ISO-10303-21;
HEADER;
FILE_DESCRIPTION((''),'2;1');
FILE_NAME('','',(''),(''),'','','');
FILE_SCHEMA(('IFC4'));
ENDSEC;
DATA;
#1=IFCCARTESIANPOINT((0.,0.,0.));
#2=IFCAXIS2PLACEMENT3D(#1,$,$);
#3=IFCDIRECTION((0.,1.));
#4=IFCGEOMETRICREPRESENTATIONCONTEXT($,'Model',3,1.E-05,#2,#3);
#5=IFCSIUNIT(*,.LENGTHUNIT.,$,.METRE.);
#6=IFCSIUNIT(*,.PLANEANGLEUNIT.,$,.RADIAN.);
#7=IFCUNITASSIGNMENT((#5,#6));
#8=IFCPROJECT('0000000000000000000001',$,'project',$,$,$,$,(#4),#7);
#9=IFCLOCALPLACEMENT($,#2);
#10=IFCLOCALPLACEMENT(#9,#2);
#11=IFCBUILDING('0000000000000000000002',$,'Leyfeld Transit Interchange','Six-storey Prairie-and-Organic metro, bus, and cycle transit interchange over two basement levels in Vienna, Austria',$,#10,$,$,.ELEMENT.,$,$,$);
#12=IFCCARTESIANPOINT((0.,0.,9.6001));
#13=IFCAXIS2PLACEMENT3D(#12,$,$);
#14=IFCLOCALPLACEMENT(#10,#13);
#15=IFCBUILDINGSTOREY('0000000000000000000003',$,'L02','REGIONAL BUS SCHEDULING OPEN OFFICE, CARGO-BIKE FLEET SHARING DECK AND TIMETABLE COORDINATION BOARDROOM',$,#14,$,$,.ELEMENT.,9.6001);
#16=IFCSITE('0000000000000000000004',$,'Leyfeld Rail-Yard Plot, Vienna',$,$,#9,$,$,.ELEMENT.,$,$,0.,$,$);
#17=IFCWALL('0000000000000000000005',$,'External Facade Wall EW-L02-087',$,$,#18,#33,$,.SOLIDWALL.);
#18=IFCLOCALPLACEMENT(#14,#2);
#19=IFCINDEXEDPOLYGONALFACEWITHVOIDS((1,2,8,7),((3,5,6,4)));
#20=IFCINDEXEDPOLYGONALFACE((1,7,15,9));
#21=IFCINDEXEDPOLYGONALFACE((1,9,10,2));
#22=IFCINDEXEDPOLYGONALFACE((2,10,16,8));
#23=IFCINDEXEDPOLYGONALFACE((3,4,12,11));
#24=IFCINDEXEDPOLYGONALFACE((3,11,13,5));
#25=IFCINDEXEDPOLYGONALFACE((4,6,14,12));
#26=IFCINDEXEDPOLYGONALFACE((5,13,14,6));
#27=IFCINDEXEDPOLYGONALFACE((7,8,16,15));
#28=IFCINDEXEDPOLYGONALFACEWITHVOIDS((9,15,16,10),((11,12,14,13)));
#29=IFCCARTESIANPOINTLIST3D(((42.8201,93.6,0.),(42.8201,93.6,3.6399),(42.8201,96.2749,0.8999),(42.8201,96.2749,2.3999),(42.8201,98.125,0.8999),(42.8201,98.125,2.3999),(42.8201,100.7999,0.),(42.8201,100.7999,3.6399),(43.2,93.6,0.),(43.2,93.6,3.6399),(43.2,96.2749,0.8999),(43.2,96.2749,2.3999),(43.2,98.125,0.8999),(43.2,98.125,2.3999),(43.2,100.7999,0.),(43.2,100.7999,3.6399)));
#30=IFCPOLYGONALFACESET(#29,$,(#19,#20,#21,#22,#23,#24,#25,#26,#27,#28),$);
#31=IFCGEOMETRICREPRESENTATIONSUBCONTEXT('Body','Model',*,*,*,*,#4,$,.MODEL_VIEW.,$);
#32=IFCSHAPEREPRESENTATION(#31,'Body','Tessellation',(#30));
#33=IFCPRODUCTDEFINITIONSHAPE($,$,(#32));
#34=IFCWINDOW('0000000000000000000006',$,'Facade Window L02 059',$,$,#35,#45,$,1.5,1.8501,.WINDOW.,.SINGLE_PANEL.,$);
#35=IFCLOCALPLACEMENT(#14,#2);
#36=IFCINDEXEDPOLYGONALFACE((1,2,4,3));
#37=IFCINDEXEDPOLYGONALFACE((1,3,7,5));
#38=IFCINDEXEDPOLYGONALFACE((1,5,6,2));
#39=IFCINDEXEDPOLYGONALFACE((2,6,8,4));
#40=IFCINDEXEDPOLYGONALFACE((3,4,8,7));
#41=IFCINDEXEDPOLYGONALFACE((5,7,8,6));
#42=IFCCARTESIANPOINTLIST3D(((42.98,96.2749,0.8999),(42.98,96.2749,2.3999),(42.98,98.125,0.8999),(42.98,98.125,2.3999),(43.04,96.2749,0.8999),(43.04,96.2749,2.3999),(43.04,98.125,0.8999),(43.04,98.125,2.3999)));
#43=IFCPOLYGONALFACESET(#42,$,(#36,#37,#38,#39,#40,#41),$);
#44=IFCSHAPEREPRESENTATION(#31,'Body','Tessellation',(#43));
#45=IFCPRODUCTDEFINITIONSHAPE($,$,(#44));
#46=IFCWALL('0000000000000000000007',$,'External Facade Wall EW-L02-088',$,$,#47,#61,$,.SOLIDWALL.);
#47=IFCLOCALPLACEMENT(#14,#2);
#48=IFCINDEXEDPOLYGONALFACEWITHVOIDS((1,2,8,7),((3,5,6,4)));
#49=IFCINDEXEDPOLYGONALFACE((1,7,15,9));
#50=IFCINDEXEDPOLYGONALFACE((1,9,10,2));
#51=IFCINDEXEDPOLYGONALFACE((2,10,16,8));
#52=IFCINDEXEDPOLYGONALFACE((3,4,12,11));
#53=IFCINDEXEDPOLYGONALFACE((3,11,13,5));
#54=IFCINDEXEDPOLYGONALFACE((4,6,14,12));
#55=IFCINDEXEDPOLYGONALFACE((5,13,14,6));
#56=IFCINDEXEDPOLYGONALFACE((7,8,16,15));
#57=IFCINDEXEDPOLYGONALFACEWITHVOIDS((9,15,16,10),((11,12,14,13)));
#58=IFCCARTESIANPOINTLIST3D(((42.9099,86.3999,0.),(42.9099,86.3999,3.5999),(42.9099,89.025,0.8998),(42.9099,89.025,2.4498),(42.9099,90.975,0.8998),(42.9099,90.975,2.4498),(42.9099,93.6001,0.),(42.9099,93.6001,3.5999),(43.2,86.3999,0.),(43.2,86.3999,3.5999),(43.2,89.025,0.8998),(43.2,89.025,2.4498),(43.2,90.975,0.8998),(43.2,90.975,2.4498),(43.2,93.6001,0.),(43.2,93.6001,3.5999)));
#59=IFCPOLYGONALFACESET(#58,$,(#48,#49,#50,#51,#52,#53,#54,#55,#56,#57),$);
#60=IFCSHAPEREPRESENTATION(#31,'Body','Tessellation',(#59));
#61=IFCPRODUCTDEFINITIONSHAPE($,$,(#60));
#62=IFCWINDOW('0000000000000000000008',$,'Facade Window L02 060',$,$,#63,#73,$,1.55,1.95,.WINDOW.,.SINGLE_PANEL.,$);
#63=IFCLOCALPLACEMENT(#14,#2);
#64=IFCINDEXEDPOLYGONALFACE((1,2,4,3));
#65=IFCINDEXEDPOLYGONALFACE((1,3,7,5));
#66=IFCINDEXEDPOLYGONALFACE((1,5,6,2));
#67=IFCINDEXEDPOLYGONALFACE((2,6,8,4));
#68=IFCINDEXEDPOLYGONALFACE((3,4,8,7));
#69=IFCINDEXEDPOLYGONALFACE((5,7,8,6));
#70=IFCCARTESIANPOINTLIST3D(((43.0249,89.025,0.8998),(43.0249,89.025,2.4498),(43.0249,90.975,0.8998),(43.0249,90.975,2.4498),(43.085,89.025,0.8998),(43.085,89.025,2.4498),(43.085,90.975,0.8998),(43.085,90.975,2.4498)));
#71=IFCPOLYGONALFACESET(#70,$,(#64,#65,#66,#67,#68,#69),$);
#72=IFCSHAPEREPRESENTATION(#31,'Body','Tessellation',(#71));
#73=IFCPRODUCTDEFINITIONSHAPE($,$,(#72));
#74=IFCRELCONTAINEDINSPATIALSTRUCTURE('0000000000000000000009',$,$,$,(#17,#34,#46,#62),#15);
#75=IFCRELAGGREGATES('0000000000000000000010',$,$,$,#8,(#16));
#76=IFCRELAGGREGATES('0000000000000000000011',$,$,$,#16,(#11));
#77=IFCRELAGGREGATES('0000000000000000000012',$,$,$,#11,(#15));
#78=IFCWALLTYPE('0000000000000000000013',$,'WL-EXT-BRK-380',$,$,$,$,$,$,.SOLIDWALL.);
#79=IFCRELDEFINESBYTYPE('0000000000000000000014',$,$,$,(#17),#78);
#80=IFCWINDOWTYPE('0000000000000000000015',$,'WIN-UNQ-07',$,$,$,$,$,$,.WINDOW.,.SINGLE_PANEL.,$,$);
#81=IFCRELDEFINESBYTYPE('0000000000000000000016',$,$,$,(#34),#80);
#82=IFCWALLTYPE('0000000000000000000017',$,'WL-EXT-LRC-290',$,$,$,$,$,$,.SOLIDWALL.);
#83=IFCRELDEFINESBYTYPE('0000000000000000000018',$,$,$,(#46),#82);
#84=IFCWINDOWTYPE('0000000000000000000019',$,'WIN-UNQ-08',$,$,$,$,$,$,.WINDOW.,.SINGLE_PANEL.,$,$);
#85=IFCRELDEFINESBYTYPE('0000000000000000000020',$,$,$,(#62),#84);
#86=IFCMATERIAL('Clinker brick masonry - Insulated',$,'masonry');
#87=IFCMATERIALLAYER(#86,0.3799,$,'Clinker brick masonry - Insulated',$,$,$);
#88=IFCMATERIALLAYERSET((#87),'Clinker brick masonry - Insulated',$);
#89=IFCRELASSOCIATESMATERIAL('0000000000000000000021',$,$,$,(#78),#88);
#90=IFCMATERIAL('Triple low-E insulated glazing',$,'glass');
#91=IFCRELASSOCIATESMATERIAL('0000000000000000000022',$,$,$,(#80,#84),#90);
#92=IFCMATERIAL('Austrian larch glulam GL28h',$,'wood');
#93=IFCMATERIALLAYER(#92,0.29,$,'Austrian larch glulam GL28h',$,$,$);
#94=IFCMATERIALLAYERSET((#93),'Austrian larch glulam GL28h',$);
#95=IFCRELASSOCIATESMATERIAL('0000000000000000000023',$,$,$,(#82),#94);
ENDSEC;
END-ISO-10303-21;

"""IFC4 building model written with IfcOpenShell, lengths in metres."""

from ifc_helpers import new_model, si_unit, direction, frame, frame_2d, origin, place, context, subcontext, project, spatial, rectangle, extrude, material, layer, layer_set, type_object, element, fill, save


model = new_model("IFC4")

# Units and contexts
model_context = context("Model", 3, precision=1e-05, world=origin(), true_north=direction((0.0, 1.0)))
body_context = subcontext(model_context, "Body", "Model", "MODEL_VIEW")
ifc_project = project(units=[si_unit("LENGTHUNIT", "METRE"), si_unit("PLANEANGLEUNIT", "RADIAN")], contexts=[model_context])

# Site, building, storey
site_placement = place(None, origin())
site = spatial("IfcSite", under=ifc_project, at=site_placement, Name="Leyfeld Rail-Yard Plot, Vienna", CompositionType="ELEMENT", RefElevation=0.0)
building_placement = place(site_placement, origin())
building = spatial("IfcBuilding", under=site, at=building_placement, Name="Leyfeld Transit Interchange", Description="Six-storey Prairie-and-Organic metro, bus, and cycle transit interchange over two basement levels in Vienna, Austria", CompositionType="ELEMENT")
storey_placement = place(building_placement, frame((0.0, 0.0, 9.6001)))
storey = spatial("IfcBuildingStorey", under=building, at=storey_placement, Name="L02", Description="REGIONAL BUS SCHEDULING OPEN OFFICE, CARGO-BIKE FLEET SHARING DECK AND TIMETABLE COORDINATION BOARDROOM", CompositionType="ELEMENT", Elevation=9.6001)

# Walls, openings, windows
ifc_material_1 = material(Name="Clinker brick masonry - Insulated", Category="masonry")
ifc_layer_1 = layer(ifc_material_1, 0.3799, Name="Clinker brick masonry - Insulated")
ifc_layer_set_1 = layer_set([ifc_layer_1], Name="Clinker brick masonry - Insulated")
wall_type_1 = type_object("IfcWallType", Name="WL-EXT-BRK-380", PredefinedType="SOLIDWALL", material=ifc_layer_set_1)
wall_1_placement = place(storey_placement, frame((43.01, 100.8, 0.0), z_axis=(0.0, 0.0, 1.0), x_axis=(0.0, -1.0, 0.0)))
wall_1 = element("IfcWall", 1, at=wall_1_placement, inside=storey, type_object=wall_type_1, Name="External Facade Wall EW-L02-087", PredefinedType="SOLIDWALL", context=body_context, shape_type="SweptSolid", body=[
    extrude(rectangle(XDim=7.2, YDim=0.3799, at=frame_2d((3.6001, 0.0))), origin(), (0.0, 0.0, 1.0), 3.6399),
])
opening_1_placement = place(wall_1_placement, frame((2.675, 0.0, 0.8999)))
opening_1 = element("IfcOpeningElement", 2, at=opening_1_placement, cuts=wall_1, PredefinedType="OPENING", context=body_context, shape_type="SweptSolid", body=[
    extrude(rectangle(XDim=1.8501, YDim=1.5, at=frame_2d((0.925, 0.75))), frame((0.0, 0.2, 0.0), z_axis=(0.0, -1.0, 0.0), x_axis=(1.0, 0.0, 0.0)), (0.0, 0.0, 1.0), 0.3999),
])
ifc_material_2 = material(Name="Triple low-E insulated glazing", Category="glass")
window_type_1 = type_object("IfcWindowType", Name="WIN-UNQ-07", PartitioningType="SINGLE_PANEL", PredefinedType="WINDOW", material=ifc_material_2)
window_1_placement = place(opening_1_placement, origin())
window_1 = element("IfcWindow", 3, at=window_1_placement, inside=storey, type_object=window_type_1, Name="Facade Window L02 059", OverallHeight=1.5, OverallWidth=1.8501, PartitioningType="SINGLE_PANEL", PredefinedType="WINDOW", context=body_context, shape_type="SweptSolid", body=[
    extrude(rectangle(XDim=1.8501, YDim=1.5, at=frame_2d((0.925, 0.75))), frame((0.0, 0.03, 0.0), z_axis=(0.0, -1.0, 0.0), x_axis=(1.0, 0.0, 0.0)), (0.0, 0.0, 1.0), 0.0601),
])
fill(opening_1, window_1)
ifc_material_3 = material(Name="Austrian larch glulam GL28h", Category="wood")
ifc_layer_2 = layer(ifc_material_3, 0.29, Name="Austrian larch glulam GL28h")
ifc_layer_set_2 = layer_set([ifc_layer_2], Name="Austrian larch glulam GL28h")
wall_type_2 = type_object("IfcWallType", Name="WL-EXT-LRC-290", PredefinedType="SOLIDWALL", material=ifc_layer_set_2)
wall_2_placement = place(storey_placement, frame((43.0549, 93.6001, 0.0), z_axis=(0.0, 0.0, 1.0), x_axis=(0.0, -1.0, 0.0)))
wall_2 = element("IfcWall", 4, at=wall_2_placement, inside=storey, type_object=wall_type_2, Name="External Facade Wall EW-L02-088", PredefinedType="SOLIDWALL", context=body_context, shape_type="SweptSolid", body=[
    extrude(rectangle(XDim=7.2002, YDim=0.29, at=frame_2d((3.6001, 0.0))), origin(), (0.0, 0.0, 1.0), 3.5999),
])
opening_2_placement = place(wall_2_placement, frame((2.625, 0.0, 0.8999)))
opening_2 = element("IfcOpeningElement", 5, at=opening_2_placement, cuts=wall_2, PredefinedType="OPENING", context=body_context, shape_type="SweptSolid", body=[
    extrude(rectangle(XDim=1.95, YDim=1.55, at=frame_2d((0.9751, 0.7749))), frame((0.0, 0.155, 0.0), z_axis=(0.0, -1.0, 0.0), x_axis=(1.0, 0.0, 0.0)), (0.0, 0.0, 1.0), 0.3101),
])
window_type_2 = type_object("IfcWindowType", Name="WIN-UNQ-08", PartitioningType="SINGLE_PANEL", PredefinedType="WINDOW", material=ifc_material_2)
window_2_placement = place(opening_2_placement, origin())
window_2 = element("IfcWindow", 6, at=window_2_placement, inside=storey, type_object=window_type_2, Name="Facade Window L02 060", OverallHeight=1.55, OverallWidth=1.95, PartitioningType="SINGLE_PANEL", PredefinedType="WINDOW", context=body_context, shape_type="SweptSolid", body=[
    extrude(rectangle(XDim=1.95, YDim=1.55, at=frame_2d((0.9751, 0.7749))), frame((0.0, 0.03, 0.0), z_axis=(0.0, -1.0, 0.0), x_axis=(1.0, 0.0, 0.0)), (0.0, 0.0, 1.0), 0.0601),
])
fill(opening_2, window_2)

save(model, "model.ifc")
